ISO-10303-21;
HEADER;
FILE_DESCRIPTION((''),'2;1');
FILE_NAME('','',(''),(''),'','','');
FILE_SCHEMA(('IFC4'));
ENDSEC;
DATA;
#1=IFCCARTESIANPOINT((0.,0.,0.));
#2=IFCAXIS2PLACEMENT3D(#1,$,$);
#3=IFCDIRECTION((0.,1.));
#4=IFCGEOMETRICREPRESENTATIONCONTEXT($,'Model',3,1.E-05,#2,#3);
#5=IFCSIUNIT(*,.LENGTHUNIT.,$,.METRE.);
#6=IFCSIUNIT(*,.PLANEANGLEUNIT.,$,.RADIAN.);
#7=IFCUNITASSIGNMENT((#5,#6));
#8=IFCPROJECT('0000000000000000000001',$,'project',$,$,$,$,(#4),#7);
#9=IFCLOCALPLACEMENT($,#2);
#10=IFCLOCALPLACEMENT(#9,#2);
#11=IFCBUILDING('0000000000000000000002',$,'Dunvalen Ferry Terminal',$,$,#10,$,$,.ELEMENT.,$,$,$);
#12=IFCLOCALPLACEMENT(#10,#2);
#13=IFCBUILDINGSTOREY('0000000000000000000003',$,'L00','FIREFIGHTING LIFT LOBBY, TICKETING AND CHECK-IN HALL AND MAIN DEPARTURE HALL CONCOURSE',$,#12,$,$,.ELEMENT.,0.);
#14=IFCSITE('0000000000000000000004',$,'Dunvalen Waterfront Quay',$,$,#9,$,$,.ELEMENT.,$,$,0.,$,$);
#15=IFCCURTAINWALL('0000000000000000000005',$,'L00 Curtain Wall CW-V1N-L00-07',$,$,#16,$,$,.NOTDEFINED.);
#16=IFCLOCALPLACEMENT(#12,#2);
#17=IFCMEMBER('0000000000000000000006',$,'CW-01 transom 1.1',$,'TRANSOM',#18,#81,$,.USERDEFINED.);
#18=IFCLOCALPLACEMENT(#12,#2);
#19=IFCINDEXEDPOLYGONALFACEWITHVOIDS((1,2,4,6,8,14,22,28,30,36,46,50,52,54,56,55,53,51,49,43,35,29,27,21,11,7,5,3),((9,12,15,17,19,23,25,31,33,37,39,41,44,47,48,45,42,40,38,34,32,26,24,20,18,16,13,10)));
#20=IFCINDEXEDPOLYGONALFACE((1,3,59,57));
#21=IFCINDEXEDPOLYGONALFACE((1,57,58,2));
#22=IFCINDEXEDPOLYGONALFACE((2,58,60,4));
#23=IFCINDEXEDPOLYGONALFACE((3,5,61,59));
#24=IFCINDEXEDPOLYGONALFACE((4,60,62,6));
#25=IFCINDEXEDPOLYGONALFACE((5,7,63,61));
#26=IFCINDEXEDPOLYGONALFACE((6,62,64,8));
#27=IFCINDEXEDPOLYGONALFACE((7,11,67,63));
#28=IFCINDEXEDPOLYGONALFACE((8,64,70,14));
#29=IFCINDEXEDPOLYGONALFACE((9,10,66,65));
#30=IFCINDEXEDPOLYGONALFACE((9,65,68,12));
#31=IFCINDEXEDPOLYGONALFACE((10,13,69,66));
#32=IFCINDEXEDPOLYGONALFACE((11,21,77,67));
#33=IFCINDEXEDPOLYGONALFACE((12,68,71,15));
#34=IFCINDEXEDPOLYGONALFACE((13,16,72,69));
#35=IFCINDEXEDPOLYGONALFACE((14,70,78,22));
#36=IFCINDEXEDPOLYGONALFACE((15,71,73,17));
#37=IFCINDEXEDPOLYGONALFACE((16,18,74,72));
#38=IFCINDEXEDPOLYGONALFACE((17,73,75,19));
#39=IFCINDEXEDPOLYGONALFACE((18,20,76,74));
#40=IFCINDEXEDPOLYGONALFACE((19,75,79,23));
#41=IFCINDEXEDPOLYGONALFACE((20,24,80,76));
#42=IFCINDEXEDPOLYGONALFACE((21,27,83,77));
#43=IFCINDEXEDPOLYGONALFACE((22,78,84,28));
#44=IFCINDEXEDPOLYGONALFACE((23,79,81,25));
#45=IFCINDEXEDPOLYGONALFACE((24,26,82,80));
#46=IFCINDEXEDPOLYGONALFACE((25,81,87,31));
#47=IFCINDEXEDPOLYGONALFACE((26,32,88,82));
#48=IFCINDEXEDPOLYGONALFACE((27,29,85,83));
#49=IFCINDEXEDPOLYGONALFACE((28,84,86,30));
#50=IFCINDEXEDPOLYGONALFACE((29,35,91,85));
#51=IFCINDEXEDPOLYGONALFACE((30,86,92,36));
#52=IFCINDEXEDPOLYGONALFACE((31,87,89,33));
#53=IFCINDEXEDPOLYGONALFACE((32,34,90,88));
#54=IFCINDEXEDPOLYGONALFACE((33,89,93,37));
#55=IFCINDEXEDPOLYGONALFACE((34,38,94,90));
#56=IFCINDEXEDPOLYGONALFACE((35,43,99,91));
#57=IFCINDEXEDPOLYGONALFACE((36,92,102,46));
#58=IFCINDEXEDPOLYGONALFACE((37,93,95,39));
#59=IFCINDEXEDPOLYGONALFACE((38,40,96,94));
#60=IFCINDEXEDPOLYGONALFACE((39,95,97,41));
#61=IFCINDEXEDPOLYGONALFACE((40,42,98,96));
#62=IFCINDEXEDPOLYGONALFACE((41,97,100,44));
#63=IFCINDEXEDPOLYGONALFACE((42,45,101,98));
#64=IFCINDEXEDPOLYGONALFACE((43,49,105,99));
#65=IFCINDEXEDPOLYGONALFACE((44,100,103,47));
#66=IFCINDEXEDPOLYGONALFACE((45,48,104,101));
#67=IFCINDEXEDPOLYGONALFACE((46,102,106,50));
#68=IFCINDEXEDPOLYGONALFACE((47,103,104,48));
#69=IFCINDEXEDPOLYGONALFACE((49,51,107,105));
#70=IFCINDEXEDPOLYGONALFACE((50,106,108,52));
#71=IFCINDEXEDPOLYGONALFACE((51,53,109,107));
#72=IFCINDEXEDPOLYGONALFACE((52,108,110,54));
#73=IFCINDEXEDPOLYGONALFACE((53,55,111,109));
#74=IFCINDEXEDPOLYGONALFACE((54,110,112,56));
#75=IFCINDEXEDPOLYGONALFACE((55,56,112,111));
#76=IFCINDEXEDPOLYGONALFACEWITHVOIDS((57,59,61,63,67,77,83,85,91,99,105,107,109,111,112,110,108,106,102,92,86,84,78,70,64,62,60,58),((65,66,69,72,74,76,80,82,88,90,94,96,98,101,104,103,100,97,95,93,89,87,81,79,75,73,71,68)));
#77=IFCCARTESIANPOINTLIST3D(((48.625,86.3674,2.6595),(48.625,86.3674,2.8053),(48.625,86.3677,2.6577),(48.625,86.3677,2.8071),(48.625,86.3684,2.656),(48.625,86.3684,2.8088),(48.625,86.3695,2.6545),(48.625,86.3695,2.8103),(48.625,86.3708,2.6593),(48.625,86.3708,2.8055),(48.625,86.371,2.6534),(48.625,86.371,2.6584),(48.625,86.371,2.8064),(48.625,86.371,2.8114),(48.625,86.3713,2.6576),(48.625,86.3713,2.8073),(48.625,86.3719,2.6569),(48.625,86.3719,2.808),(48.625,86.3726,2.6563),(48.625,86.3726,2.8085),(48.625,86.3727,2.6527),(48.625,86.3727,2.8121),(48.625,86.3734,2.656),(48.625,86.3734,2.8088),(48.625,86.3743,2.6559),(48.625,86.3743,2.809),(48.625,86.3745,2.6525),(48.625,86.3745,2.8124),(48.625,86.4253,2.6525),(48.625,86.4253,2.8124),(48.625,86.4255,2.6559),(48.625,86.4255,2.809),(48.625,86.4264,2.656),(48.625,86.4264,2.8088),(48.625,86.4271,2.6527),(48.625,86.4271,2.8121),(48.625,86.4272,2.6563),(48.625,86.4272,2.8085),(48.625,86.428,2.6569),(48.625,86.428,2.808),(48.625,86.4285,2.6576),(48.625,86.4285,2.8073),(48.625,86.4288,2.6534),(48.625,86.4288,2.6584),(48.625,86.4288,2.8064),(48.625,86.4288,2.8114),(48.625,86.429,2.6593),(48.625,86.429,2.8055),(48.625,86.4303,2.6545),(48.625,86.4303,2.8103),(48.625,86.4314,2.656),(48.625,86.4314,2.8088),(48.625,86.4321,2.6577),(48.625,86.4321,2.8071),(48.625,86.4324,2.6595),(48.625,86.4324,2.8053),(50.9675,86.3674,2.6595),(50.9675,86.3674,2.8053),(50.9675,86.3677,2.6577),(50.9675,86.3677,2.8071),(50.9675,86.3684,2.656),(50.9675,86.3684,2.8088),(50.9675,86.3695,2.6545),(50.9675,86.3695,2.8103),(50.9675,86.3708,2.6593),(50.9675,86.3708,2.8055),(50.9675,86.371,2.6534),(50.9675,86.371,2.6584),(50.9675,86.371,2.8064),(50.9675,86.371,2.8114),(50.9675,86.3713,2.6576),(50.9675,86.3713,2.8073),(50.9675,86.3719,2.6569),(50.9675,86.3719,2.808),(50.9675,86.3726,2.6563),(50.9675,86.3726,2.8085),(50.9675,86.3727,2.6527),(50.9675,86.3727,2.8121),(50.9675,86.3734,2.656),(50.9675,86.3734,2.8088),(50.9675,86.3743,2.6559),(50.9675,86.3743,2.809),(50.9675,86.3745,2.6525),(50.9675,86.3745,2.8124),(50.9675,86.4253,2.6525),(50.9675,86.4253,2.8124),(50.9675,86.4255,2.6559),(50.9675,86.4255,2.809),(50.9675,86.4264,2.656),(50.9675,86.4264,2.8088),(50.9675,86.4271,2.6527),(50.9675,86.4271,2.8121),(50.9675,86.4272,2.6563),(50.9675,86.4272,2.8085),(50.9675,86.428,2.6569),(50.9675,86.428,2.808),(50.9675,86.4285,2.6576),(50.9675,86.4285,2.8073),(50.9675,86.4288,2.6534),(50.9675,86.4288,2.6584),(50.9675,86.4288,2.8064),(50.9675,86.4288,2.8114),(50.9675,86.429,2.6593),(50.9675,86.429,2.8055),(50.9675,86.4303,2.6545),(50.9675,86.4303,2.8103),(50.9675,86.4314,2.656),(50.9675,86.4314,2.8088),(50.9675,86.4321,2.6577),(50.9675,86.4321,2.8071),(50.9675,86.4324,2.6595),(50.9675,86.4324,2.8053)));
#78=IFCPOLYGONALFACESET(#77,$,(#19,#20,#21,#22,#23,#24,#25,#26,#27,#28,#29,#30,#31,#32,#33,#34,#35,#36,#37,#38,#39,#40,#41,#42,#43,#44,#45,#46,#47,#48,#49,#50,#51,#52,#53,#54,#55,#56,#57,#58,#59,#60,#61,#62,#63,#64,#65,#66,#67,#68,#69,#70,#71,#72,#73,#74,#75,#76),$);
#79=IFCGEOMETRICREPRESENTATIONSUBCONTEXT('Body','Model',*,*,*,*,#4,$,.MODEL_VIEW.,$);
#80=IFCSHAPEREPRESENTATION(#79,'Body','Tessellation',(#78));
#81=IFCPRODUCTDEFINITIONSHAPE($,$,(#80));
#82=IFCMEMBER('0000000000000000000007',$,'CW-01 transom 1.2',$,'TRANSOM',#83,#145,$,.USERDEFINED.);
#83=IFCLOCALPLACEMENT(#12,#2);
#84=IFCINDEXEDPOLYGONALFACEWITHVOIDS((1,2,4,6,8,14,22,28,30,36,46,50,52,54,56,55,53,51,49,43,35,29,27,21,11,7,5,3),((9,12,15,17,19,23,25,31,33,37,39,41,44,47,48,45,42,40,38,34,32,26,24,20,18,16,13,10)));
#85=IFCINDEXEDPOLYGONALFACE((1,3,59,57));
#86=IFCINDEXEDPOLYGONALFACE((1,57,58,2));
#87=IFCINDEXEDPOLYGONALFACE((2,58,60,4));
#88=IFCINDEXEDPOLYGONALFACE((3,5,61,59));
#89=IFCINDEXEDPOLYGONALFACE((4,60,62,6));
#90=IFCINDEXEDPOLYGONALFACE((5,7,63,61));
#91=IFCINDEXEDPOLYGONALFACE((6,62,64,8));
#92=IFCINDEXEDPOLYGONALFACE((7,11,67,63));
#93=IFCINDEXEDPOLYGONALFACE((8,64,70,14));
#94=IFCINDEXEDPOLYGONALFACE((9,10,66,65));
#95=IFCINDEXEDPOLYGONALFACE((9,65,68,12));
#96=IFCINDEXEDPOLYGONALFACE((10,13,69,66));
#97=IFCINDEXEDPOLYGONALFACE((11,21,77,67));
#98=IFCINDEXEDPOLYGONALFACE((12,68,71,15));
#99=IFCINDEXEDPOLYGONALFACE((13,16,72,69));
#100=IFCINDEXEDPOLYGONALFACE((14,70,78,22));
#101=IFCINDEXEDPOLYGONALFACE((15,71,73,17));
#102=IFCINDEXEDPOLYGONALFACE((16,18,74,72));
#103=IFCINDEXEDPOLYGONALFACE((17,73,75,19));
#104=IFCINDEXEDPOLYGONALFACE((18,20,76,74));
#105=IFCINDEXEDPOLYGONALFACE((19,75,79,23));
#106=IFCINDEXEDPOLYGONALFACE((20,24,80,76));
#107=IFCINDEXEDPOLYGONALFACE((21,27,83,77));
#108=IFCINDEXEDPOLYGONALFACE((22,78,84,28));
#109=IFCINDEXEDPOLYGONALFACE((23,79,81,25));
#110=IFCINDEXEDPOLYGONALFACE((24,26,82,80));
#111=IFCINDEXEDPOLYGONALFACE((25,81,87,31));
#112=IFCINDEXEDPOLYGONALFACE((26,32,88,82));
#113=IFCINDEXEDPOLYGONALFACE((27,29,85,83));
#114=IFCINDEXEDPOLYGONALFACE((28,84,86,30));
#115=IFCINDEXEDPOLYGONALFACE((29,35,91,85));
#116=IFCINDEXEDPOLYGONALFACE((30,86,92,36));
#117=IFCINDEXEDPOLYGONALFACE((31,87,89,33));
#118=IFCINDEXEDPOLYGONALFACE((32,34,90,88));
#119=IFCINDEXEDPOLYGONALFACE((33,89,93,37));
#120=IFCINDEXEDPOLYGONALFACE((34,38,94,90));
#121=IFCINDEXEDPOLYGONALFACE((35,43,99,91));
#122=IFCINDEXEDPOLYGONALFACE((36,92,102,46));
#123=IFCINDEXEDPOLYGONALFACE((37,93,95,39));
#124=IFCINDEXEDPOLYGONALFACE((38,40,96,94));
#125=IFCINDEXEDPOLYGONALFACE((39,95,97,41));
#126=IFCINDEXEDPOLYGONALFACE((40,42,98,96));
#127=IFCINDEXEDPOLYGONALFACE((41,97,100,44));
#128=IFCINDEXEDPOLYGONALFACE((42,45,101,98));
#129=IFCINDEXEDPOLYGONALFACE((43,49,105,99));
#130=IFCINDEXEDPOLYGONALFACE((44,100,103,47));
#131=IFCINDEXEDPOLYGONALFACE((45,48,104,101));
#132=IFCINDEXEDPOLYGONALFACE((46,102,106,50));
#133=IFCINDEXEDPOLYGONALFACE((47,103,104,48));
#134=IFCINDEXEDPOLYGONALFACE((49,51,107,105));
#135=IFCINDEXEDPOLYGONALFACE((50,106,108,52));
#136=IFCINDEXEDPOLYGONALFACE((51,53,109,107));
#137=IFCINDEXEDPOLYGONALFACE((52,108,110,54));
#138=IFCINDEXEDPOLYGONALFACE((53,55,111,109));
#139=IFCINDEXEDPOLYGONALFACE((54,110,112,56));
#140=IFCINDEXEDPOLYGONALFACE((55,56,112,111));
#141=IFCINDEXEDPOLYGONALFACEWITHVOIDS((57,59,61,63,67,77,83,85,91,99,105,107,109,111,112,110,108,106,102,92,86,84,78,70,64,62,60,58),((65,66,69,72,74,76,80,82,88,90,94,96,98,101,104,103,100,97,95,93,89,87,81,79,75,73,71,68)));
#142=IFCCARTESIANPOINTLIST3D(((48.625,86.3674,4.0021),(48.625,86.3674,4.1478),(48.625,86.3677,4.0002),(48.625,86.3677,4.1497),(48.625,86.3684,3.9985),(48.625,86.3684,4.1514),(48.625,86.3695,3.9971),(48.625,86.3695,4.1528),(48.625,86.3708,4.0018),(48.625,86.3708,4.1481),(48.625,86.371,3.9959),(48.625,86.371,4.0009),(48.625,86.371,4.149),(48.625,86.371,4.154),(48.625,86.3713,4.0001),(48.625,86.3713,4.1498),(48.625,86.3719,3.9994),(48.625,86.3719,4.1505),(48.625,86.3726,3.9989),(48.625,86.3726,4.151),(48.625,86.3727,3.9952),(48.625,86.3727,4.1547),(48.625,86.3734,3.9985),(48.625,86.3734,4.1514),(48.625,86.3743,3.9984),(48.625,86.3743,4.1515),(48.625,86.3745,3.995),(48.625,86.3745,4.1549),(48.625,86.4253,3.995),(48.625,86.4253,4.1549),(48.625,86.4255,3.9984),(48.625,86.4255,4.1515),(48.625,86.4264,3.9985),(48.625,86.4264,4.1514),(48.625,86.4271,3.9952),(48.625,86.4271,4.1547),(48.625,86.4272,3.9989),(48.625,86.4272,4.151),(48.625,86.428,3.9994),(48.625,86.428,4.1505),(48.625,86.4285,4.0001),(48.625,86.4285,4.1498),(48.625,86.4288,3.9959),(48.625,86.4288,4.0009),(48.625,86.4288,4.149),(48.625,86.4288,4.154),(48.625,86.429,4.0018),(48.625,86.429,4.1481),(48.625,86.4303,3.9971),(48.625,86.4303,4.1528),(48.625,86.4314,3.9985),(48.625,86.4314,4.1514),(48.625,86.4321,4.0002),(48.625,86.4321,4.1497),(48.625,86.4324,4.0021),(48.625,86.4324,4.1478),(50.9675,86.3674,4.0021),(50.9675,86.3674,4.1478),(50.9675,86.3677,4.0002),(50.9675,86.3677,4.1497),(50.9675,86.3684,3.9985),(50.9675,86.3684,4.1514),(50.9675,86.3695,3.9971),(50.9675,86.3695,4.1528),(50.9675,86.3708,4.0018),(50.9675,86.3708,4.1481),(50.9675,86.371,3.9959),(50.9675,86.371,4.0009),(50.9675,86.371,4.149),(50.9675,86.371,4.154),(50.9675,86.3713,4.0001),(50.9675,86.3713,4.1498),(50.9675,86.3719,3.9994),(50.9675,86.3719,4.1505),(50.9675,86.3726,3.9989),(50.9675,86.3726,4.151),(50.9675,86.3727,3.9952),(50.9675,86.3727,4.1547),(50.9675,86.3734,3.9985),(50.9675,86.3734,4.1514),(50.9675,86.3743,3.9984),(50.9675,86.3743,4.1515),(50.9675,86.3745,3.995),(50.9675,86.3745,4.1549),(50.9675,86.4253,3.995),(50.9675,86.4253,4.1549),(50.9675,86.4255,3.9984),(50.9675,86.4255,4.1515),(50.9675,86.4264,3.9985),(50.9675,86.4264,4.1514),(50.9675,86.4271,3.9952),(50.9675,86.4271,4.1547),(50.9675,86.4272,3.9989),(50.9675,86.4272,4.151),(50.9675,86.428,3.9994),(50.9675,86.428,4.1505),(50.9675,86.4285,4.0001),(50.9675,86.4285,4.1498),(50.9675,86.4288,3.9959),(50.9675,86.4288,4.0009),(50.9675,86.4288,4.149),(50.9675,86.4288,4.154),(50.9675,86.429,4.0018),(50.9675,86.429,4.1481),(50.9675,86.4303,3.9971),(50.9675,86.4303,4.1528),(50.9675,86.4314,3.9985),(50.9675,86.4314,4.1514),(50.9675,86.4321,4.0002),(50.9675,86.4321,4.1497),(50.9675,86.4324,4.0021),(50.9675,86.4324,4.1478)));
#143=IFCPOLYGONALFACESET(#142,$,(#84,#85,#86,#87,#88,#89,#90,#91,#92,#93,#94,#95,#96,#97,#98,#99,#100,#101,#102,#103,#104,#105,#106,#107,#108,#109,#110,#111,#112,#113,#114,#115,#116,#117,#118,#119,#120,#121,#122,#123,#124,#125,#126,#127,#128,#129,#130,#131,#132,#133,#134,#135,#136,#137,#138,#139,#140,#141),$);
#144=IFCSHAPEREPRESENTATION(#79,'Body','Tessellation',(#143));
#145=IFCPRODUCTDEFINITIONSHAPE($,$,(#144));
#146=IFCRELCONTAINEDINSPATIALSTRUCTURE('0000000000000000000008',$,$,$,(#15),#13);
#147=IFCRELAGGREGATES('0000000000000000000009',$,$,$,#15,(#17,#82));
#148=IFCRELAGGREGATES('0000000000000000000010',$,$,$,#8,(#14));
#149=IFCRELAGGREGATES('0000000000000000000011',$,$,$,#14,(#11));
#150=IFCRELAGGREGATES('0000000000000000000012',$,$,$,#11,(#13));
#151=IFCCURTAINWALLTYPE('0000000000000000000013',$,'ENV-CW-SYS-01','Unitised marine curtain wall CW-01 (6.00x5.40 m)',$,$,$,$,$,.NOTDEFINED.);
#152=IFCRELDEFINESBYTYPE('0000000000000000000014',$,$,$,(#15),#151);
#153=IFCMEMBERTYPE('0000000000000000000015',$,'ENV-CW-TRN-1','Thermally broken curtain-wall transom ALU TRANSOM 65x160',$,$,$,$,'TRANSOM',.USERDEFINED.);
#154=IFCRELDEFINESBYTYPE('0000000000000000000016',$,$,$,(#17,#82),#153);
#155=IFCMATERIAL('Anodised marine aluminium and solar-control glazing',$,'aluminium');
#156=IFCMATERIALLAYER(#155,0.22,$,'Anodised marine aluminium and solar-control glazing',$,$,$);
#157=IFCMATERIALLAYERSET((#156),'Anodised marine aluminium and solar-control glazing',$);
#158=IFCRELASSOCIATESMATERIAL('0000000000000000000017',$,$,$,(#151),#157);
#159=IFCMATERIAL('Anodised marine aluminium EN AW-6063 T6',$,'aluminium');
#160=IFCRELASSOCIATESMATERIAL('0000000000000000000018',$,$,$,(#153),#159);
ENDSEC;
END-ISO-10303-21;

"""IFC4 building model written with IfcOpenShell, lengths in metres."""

from ifc_helpers import new_model, si_unit, direction, frame, origin, origin_2d, place, context, subcontext, project, spatial, hollow_rectangle, extrude, material, layer, layer_set, material_profile, profile_set, type_object, element, aggregate, save


model = new_model("IFC4")

# Units and contexts
model_context = context("Model", 3, precision=1e-05, world=origin(), true_north=direction((0.0, 1.0)))
body_context = subcontext(model_context, "Body", "Model", "MODEL_VIEW")
ifc_project = project(units=[si_unit("LENGTHUNIT", "METRE"), si_unit("PLANEANGLEUNIT", "RADIAN")], contexts=[model_context])

# Site, building, storey
site_placement = place(None, origin())
site = spatial("IfcSite", under=ifc_project, at=site_placement, Name="Dunvalen Waterfront Quay", CompositionType="ELEMENT", RefElevation=0.0)
building_placement = place(site_placement, origin())
building = spatial("IfcBuilding", under=site, at=building_placement, Name="Dunvalen Ferry Terminal", CompositionType="ELEMENT")
storey_placement = place(building_placement, origin())
storey = spatial("IfcBuildingStorey", under=building, at=storey_placement, Name="L00", Description="FIREFIGHTING LIFT LOBBY, TICKETING AND CHECK-IN HALL AND MAIN DEPARTURE HALL CONCOURSE", CompositionType="ELEMENT", Elevation=0.0)

# Shared definitions
ifc_material_1 = material(Name="Anodised marine aluminium and solar-control glazing", Category="aluminium")
ifc_layer_1 = layer(ifc_material_1, 0.22, Name="Anodised marine aluminium and solar-control glazing")
ifc_layer_set_1 = layer_set([ifc_layer_1], Name="Anodised marine aluminium and solar-control glazing")
curtain_wall_type = type_object("IfcCurtainWallType", Name="ENV-CW-SYS-01", Description="Unitised marine curtain wall CW-01 (6.00x5.40 m)", PredefinedType="NOTDEFINED", material=ifc_layer_set_1)
ifc_material_2 = material(Name="Anodised marine aluminium EN AW-6063 T6", Category="aluminium")

# Curtain wall, members
curtain_wall_1_placement = place(storey_placement, origin())
curtain_wall_1 = element("IfcCurtainWall", 1, at=curtain_wall_1_placement, inside=storey, type_object=curtain_wall_type, Name="L00 Curtain Wall CW-V1N-L00-07", PredefinedType="NOTDEFINED")
ifc_material_profile_1 = material_profile(ifc_material_2, hollow_rectangle(XDim=0.0649, YDim=0.1599, WallThickness=0.0034, InnerFilletRadius=0.0034, OuterFilletRadius=0.0071, at=origin_2d()), Name="Anodised marine aluminium EN AW-6063 T6")
ifc_profile_set_1 = profile_set([ifc_material_profile_1], Name="Anodised marine aluminium EN AW-6063 T6")
member_type_1 = type_object("IfcMemberType", Name="ENV-CW-TRN-1", Description="Thermally broken curtain-wall transom ALU TRANSOM 65x160", ElementType="TRANSOM", PredefinedType="USERDEFINED", material=ifc_profile_set_1)
member_1_placement = place(storey_placement, frame((48.625, 86.3999, 2.7324), z_axis=(1.0, 0.0, 0.0), x_axis=(0.0, 1.0, 0.0)))
member_1 = element("IfcMember", 2, at=member_1_placement, type_object=member_type_1, Name="CW-01 transom 1.1", ObjectType="TRANSOM", PredefinedType="USERDEFINED", context=body_context, shape_type="SweptSolid", body=[
    extrude(hollow_rectangle(XDim=0.0649, YDim=0.1599, WallThickness=0.0034, InnerFilletRadius=0.0034, OuterFilletRadius=0.0071, at=origin_2d()), origin(), (0.0, 0.0, 1.0), 2.3425),
])
member_2_placement = place(storey_placement, frame((48.625, 86.3999, 4.075), z_axis=(1.0, 0.0, 0.0), x_axis=(0.0, 1.0, 0.0)))
member_2 = element("IfcMember", 3, at=member_2_placement, type_object=member_type_1, Name="CW-01 transom 1.2", ObjectType="TRANSOM", PredefinedType="USERDEFINED", context=body_context, shape_type="SweptSolid", body=[
    extrude(hollow_rectangle(XDim=0.0649, YDim=0.1599, WallThickness=0.0034, InnerFilletRadius=0.0034, OuterFilletRadius=0.0071, at=origin_2d()), origin(), (0.0, 0.0, 1.0), 2.3425),
])

aggregate(curtain_wall_1, [member_1, member_2])

save(model, "model.ifc")
